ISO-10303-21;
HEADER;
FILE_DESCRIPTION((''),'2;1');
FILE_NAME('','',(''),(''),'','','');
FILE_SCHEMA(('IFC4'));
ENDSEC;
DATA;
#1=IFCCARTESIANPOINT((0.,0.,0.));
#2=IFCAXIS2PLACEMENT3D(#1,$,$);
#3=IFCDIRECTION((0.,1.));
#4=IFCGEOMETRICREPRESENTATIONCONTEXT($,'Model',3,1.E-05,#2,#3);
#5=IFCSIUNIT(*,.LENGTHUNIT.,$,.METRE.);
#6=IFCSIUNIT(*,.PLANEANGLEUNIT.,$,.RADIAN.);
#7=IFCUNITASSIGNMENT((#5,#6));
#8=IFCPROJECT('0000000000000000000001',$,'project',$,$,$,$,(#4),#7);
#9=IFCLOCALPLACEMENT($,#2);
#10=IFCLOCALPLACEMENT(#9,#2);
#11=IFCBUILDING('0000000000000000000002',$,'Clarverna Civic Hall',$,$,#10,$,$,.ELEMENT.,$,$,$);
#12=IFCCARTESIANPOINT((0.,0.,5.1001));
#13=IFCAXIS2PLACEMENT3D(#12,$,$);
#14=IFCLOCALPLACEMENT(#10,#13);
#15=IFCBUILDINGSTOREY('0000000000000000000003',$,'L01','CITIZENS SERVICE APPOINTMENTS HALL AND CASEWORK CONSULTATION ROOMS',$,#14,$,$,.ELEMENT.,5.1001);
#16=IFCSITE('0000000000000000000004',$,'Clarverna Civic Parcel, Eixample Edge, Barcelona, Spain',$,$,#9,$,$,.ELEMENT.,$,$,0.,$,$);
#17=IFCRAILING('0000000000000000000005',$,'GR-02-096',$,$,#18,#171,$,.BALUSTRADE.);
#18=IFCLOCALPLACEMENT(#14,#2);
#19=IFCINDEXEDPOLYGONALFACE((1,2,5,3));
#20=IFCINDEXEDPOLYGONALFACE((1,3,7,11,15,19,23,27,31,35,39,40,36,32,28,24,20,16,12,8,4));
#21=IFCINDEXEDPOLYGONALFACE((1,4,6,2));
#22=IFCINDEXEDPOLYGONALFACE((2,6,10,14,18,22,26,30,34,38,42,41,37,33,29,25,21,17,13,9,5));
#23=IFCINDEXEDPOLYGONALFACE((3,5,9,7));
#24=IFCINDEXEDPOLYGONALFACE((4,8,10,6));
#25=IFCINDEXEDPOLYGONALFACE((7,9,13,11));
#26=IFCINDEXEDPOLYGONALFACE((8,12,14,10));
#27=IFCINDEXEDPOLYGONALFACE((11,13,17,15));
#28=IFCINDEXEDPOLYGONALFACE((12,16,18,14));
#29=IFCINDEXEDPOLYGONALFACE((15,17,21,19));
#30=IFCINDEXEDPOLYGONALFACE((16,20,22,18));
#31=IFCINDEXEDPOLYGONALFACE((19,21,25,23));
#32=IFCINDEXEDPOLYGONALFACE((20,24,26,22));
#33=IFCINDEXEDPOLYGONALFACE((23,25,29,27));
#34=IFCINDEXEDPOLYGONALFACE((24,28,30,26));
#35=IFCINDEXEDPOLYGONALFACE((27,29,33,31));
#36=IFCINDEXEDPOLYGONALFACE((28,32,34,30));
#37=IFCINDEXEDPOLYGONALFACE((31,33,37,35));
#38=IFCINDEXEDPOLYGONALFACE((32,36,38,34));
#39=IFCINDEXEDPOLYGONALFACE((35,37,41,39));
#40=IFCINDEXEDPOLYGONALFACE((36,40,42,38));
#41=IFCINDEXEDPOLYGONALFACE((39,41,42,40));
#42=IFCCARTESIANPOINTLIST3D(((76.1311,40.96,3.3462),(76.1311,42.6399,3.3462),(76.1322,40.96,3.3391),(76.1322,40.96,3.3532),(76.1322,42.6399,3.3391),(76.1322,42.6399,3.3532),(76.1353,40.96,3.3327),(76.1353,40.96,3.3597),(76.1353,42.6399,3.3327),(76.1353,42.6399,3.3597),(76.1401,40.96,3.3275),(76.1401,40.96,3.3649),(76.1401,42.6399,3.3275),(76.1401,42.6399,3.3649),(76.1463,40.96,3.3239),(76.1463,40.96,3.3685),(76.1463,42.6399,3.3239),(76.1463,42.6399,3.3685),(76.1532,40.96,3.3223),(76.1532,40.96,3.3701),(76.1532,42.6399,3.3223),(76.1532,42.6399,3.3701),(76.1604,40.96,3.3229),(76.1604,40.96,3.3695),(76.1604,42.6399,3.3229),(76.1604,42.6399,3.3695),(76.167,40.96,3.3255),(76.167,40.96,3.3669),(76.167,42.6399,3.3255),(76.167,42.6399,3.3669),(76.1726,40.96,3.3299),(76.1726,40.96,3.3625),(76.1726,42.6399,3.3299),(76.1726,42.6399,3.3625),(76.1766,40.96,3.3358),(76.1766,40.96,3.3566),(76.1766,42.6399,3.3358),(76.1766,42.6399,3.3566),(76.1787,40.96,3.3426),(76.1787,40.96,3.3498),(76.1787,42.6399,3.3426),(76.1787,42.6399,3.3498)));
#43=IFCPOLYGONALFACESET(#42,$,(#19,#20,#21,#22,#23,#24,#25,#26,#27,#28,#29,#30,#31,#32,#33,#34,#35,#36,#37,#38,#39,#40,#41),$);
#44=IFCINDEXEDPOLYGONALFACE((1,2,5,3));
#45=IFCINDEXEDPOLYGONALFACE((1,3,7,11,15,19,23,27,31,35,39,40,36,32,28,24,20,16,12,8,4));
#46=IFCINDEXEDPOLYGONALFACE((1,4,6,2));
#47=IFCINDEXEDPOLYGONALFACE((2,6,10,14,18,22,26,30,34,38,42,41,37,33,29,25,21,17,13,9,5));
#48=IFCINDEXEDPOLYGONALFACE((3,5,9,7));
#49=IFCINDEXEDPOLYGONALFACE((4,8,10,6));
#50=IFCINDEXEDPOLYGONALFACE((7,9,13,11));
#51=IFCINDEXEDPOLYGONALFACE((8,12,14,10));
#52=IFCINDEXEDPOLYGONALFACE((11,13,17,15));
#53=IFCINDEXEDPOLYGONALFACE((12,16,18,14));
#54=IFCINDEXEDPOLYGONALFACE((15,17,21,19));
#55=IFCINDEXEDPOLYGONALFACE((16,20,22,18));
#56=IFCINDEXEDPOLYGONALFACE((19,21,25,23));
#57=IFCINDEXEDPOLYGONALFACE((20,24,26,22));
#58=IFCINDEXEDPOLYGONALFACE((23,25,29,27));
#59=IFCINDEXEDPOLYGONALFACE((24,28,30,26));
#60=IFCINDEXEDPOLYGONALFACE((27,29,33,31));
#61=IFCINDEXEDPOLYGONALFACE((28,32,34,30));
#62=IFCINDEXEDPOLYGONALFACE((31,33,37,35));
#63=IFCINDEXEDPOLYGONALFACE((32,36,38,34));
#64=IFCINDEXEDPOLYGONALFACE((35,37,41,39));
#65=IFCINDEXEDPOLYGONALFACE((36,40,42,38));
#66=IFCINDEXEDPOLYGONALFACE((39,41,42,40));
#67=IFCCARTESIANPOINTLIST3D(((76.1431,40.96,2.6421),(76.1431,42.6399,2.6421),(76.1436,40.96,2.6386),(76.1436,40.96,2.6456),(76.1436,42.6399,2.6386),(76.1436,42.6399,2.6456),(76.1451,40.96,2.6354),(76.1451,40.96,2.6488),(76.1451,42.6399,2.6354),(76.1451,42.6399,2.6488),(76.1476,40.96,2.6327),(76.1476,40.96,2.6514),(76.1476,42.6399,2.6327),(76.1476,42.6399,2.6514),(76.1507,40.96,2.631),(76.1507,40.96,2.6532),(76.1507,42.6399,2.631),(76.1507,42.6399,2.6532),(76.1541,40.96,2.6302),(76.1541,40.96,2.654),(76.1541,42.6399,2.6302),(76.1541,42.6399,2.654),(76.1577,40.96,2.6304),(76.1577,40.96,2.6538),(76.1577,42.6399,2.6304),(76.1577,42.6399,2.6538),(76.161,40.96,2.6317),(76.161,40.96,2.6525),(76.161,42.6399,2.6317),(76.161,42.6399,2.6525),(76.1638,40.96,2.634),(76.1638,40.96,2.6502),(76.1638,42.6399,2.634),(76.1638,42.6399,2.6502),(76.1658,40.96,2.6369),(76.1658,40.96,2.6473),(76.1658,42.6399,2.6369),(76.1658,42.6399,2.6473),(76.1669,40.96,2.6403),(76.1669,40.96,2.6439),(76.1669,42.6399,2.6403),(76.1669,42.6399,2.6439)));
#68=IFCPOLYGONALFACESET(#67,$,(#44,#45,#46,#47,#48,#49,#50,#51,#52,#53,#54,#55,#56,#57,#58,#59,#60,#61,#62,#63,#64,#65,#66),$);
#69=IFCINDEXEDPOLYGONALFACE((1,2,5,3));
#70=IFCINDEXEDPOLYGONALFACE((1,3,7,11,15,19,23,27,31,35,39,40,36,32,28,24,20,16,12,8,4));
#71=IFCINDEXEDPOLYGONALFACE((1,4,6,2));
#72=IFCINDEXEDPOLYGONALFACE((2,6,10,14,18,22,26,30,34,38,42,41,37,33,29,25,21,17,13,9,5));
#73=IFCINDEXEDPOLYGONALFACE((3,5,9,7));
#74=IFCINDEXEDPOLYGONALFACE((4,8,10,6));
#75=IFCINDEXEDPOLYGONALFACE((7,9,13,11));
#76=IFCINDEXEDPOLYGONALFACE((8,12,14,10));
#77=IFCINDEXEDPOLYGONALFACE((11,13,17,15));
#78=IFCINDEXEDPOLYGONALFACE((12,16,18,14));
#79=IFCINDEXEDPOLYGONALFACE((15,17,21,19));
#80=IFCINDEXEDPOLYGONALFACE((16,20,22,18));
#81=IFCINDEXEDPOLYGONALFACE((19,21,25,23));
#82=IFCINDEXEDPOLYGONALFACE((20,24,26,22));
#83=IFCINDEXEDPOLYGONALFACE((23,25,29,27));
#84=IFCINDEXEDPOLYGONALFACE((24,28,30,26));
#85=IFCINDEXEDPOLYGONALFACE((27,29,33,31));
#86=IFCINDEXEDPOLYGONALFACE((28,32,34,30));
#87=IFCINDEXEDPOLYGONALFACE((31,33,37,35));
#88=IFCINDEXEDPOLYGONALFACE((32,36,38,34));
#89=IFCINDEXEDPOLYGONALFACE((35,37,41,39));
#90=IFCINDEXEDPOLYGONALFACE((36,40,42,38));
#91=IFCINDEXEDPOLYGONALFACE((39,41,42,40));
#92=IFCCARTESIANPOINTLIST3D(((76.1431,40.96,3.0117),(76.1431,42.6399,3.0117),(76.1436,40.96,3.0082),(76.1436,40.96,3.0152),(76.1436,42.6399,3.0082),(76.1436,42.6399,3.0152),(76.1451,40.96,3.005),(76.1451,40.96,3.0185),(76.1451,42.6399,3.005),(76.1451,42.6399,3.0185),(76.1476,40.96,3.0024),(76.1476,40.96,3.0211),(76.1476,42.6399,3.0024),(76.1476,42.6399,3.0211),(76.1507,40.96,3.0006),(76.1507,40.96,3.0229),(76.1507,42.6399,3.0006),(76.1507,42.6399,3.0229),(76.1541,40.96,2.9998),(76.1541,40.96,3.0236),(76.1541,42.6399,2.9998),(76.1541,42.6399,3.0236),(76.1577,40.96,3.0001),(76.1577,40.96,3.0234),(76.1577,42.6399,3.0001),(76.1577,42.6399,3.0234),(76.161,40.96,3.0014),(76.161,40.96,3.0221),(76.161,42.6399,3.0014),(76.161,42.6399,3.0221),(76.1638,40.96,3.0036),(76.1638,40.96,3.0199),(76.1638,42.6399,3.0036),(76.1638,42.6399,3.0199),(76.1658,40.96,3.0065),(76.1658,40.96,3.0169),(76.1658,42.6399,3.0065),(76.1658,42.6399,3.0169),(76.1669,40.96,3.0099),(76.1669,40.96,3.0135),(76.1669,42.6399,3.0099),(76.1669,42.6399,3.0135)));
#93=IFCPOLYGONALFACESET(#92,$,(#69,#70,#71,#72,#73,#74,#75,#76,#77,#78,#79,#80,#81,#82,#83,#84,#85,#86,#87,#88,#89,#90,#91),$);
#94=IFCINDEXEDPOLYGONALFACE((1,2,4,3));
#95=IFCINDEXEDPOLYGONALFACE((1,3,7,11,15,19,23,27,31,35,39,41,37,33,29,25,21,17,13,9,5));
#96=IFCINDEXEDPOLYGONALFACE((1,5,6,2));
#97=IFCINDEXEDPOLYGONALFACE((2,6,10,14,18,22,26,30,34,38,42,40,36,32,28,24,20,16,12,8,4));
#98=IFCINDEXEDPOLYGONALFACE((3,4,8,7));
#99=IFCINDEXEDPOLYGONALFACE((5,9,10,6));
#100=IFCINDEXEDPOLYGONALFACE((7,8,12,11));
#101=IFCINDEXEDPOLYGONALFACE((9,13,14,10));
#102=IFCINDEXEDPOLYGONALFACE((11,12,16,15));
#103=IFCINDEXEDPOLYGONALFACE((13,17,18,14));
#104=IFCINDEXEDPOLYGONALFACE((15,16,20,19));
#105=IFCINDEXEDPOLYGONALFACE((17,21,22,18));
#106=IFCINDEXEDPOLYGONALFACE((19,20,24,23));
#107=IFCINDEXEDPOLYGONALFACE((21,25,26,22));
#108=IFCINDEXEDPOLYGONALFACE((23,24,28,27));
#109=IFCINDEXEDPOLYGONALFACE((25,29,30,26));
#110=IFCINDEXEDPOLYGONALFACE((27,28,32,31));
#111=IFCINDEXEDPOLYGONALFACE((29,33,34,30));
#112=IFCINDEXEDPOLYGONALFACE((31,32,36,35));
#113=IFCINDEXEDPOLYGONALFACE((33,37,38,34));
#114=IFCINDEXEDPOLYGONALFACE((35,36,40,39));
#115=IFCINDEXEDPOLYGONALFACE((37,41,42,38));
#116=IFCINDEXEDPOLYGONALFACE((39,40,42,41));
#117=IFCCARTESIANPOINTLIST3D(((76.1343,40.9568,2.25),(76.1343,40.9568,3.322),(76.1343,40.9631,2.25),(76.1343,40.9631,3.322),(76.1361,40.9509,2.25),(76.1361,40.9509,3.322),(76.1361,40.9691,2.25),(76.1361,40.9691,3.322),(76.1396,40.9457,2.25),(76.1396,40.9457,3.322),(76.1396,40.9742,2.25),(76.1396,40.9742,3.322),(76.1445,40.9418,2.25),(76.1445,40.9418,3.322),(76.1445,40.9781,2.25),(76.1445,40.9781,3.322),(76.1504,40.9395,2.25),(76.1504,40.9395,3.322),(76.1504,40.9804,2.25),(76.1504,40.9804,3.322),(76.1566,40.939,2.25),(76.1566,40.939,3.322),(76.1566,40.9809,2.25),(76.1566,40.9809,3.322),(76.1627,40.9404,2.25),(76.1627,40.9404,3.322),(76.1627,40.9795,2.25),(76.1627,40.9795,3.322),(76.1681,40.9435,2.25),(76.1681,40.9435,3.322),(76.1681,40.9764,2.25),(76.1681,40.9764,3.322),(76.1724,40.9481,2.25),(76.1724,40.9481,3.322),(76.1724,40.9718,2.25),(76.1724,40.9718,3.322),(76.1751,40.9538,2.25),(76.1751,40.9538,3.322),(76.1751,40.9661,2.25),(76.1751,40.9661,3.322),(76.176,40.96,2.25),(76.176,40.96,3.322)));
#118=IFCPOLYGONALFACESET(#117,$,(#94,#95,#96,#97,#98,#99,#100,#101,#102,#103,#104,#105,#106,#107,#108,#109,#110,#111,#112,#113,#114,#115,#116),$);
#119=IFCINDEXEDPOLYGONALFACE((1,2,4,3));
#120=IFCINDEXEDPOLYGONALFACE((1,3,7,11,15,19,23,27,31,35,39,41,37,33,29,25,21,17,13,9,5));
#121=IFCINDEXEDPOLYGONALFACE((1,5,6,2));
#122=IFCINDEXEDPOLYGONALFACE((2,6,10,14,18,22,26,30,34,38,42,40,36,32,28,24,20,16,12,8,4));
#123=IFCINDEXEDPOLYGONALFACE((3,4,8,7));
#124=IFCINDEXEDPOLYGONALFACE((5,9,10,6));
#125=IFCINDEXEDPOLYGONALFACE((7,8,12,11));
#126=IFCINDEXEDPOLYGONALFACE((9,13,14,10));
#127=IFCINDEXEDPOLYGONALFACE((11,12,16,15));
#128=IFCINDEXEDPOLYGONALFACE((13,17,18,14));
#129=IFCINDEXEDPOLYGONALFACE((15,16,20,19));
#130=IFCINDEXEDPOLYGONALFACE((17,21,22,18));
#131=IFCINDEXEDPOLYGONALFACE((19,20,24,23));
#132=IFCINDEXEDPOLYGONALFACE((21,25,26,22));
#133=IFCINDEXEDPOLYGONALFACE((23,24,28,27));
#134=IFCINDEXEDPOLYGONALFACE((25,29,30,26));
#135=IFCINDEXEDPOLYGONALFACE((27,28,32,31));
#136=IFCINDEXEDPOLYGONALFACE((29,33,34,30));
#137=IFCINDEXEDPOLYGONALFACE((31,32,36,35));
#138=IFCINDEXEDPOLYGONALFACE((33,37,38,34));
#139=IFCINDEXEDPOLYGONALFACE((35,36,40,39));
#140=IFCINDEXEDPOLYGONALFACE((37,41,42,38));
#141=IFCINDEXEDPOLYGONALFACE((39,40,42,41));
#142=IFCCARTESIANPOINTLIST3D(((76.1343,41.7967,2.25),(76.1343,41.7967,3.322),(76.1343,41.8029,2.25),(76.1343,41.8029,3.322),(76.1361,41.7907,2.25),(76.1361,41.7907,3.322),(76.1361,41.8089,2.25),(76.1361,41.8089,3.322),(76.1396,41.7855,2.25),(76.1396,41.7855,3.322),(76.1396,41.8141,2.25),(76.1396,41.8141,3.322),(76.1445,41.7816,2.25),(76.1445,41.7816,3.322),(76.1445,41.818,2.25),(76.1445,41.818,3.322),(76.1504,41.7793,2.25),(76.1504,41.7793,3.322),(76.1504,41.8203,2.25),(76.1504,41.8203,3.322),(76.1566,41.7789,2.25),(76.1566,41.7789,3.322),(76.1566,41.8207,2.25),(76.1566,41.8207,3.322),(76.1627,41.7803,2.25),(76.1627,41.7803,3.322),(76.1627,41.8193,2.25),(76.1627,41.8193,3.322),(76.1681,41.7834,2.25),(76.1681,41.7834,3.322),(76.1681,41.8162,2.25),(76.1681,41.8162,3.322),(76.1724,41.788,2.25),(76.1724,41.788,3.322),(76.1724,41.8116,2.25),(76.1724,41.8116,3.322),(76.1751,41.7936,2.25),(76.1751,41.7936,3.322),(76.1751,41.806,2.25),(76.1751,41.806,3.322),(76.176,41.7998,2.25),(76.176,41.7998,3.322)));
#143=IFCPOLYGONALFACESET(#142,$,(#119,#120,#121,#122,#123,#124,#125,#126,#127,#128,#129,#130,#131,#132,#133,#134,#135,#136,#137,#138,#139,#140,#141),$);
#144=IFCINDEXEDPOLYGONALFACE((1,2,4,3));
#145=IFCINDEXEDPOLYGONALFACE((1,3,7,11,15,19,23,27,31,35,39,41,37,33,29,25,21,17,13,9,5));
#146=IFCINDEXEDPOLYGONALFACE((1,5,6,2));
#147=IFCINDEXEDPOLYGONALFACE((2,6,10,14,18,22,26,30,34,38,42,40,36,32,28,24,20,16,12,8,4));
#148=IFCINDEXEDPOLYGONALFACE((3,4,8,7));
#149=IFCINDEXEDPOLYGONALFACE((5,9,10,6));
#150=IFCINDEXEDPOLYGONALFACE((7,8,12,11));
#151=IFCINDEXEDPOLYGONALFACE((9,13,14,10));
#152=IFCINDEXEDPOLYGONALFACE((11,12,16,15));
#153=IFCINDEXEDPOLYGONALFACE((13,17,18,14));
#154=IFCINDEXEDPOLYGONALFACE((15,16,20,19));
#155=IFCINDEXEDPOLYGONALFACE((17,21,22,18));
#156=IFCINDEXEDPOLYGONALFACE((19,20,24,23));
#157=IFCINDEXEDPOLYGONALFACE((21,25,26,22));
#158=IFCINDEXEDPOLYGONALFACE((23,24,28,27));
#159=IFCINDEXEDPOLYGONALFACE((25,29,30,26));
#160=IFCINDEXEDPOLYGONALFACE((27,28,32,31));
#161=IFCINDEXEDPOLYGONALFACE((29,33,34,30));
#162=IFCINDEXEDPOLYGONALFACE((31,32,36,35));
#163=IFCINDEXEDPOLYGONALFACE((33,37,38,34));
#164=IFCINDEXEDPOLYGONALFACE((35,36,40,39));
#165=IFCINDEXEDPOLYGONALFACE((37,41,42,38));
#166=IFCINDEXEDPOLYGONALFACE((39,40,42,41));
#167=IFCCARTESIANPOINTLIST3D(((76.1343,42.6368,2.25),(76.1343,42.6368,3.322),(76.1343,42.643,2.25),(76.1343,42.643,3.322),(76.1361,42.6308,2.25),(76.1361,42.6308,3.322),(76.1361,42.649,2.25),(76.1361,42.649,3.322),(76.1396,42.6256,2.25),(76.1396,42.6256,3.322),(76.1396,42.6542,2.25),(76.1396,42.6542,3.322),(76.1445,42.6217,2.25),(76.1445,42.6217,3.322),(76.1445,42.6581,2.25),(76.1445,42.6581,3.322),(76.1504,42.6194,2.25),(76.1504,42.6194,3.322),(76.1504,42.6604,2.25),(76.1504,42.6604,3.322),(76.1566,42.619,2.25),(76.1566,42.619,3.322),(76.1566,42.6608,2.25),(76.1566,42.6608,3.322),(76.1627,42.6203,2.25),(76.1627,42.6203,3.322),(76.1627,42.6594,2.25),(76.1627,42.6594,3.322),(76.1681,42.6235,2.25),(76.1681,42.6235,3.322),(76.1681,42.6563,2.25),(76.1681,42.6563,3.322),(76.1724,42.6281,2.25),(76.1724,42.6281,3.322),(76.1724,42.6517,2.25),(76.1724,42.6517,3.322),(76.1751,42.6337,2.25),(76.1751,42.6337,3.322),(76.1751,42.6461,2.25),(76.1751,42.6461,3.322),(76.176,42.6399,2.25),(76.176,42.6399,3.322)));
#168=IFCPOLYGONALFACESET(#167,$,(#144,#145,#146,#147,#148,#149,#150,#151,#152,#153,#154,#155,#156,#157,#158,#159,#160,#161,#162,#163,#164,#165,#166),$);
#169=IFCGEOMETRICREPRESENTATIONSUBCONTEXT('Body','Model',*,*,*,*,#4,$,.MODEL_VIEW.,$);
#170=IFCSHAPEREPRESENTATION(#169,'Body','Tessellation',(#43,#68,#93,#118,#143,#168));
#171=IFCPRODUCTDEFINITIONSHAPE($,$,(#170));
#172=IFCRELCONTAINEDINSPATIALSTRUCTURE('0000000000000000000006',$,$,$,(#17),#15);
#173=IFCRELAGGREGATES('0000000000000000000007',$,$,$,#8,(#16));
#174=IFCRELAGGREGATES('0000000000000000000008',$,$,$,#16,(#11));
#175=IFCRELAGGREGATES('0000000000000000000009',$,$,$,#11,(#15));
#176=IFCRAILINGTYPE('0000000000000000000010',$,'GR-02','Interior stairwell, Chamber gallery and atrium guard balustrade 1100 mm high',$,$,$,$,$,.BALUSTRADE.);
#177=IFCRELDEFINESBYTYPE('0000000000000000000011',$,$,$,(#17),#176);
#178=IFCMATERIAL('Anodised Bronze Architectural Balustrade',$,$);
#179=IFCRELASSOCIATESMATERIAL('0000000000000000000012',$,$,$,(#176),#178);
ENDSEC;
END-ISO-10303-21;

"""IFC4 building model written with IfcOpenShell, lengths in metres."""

from ifc_helpers import new_model, si_unit, direction, frame, origin, origin_2d, place, context, subcontext, project, spatial, circle, extrude, material, type_object, element, save


model = new_model("IFC4")

# Units and contexts
model_context = context("Model", 3, precision=1e-05, world=origin(), true_north=direction((0.0, 1.0)))
body_context = subcontext(model_context, "Body", "Model", "MODEL_VIEW")
ifc_project = project(units=[si_unit("LENGTHUNIT", "METRE"), si_unit("PLANEANGLEUNIT", "RADIAN")], contexts=[model_context])

# Site, building, storey
site_placement = place(None, origin())
site = spatial("IfcSite", under=ifc_project, at=site_placement, Name="Clarverna Civic Parcel, Eixample Edge, Barcelona, Spain", CompositionType="ELEMENT", RefElevation=0.0)
building_placement = place(site_placement, origin())
building = spatial("IfcBuilding", under=site, at=building_placement, Name="Clarverna Civic Hall", CompositionType="ELEMENT")
storey_placement = place(building_placement, frame((0.0, 0.0, 5.1001)))
storey = spatial("IfcBuildingStorey", under=building, at=storey_placement, Name="L01", Description="CITIZENS SERVICE APPOINTMENTS HALL AND CASEWORK CONSULTATION ROOMS", CompositionType="ELEMENT", Elevation=5.1001)

# Railing
ifc_material_1 = material(Name="Anodised Bronze Architectural Balustrade")
railing_type_1 = type_object("IfcRailingType", Name="GR-02", Description="Interior stairwell, Chamber gallery and atrium guard balustrade 1100 mm high", PredefinedType="BALUSTRADE", material=ifc_material_1)
railing_1_placement = place(storey_placement, frame((76.155, 40.96, 2.25)))
element("IfcRailing", 1, at=railing_1_placement, inside=storey, type_object=railing_type_1, Name="GR-02-096", PredefinedType="BALUSTRADE", context=body_context, shape_type="SweptSolid", body=[
    extrude(circle(Radius=0.0239, at=origin_2d()), frame((0.0, 0.0, 1.0962), z_axis=(0.0, 1.0, 0.0), x_axis=(-1.0, 0.0, 0.0)), (0.0, 0.0, 1.0), 1.6799),
    extrude(circle(Radius=0.012, at=origin_2d()), frame((0.0, 0.0, 0.3921), z_axis=(0.0, 1.0, 0.0), x_axis=(-1.0, 0.0, 0.0)), (0.0, 0.0, 1.0), 1.6799),
    extrude(circle(Radius=0.012, at=origin_2d()), frame((0.0, 0.0, 0.7617), z_axis=(0.0, 1.0, 0.0), x_axis=(-1.0, 0.0, 0.0)), (0.0, 0.0, 1.0), 1.6799),
    extrude(circle(Radius=0.021, at=origin_2d()), origin(), (0.0, 0.0, 1.0), 1.072),
    extrude(circle(Radius=0.021, at=origin_2d()), frame((0.0, 0.8398, 0.0)), (0.0, 0.0, 1.0), 1.072),
    extrude(circle(Radius=0.021, at=origin_2d()), frame((0.0, 1.6799, 0.0)), (0.0, 0.0, 1.0), 1.072),
])

save(model, "model.ifc")
